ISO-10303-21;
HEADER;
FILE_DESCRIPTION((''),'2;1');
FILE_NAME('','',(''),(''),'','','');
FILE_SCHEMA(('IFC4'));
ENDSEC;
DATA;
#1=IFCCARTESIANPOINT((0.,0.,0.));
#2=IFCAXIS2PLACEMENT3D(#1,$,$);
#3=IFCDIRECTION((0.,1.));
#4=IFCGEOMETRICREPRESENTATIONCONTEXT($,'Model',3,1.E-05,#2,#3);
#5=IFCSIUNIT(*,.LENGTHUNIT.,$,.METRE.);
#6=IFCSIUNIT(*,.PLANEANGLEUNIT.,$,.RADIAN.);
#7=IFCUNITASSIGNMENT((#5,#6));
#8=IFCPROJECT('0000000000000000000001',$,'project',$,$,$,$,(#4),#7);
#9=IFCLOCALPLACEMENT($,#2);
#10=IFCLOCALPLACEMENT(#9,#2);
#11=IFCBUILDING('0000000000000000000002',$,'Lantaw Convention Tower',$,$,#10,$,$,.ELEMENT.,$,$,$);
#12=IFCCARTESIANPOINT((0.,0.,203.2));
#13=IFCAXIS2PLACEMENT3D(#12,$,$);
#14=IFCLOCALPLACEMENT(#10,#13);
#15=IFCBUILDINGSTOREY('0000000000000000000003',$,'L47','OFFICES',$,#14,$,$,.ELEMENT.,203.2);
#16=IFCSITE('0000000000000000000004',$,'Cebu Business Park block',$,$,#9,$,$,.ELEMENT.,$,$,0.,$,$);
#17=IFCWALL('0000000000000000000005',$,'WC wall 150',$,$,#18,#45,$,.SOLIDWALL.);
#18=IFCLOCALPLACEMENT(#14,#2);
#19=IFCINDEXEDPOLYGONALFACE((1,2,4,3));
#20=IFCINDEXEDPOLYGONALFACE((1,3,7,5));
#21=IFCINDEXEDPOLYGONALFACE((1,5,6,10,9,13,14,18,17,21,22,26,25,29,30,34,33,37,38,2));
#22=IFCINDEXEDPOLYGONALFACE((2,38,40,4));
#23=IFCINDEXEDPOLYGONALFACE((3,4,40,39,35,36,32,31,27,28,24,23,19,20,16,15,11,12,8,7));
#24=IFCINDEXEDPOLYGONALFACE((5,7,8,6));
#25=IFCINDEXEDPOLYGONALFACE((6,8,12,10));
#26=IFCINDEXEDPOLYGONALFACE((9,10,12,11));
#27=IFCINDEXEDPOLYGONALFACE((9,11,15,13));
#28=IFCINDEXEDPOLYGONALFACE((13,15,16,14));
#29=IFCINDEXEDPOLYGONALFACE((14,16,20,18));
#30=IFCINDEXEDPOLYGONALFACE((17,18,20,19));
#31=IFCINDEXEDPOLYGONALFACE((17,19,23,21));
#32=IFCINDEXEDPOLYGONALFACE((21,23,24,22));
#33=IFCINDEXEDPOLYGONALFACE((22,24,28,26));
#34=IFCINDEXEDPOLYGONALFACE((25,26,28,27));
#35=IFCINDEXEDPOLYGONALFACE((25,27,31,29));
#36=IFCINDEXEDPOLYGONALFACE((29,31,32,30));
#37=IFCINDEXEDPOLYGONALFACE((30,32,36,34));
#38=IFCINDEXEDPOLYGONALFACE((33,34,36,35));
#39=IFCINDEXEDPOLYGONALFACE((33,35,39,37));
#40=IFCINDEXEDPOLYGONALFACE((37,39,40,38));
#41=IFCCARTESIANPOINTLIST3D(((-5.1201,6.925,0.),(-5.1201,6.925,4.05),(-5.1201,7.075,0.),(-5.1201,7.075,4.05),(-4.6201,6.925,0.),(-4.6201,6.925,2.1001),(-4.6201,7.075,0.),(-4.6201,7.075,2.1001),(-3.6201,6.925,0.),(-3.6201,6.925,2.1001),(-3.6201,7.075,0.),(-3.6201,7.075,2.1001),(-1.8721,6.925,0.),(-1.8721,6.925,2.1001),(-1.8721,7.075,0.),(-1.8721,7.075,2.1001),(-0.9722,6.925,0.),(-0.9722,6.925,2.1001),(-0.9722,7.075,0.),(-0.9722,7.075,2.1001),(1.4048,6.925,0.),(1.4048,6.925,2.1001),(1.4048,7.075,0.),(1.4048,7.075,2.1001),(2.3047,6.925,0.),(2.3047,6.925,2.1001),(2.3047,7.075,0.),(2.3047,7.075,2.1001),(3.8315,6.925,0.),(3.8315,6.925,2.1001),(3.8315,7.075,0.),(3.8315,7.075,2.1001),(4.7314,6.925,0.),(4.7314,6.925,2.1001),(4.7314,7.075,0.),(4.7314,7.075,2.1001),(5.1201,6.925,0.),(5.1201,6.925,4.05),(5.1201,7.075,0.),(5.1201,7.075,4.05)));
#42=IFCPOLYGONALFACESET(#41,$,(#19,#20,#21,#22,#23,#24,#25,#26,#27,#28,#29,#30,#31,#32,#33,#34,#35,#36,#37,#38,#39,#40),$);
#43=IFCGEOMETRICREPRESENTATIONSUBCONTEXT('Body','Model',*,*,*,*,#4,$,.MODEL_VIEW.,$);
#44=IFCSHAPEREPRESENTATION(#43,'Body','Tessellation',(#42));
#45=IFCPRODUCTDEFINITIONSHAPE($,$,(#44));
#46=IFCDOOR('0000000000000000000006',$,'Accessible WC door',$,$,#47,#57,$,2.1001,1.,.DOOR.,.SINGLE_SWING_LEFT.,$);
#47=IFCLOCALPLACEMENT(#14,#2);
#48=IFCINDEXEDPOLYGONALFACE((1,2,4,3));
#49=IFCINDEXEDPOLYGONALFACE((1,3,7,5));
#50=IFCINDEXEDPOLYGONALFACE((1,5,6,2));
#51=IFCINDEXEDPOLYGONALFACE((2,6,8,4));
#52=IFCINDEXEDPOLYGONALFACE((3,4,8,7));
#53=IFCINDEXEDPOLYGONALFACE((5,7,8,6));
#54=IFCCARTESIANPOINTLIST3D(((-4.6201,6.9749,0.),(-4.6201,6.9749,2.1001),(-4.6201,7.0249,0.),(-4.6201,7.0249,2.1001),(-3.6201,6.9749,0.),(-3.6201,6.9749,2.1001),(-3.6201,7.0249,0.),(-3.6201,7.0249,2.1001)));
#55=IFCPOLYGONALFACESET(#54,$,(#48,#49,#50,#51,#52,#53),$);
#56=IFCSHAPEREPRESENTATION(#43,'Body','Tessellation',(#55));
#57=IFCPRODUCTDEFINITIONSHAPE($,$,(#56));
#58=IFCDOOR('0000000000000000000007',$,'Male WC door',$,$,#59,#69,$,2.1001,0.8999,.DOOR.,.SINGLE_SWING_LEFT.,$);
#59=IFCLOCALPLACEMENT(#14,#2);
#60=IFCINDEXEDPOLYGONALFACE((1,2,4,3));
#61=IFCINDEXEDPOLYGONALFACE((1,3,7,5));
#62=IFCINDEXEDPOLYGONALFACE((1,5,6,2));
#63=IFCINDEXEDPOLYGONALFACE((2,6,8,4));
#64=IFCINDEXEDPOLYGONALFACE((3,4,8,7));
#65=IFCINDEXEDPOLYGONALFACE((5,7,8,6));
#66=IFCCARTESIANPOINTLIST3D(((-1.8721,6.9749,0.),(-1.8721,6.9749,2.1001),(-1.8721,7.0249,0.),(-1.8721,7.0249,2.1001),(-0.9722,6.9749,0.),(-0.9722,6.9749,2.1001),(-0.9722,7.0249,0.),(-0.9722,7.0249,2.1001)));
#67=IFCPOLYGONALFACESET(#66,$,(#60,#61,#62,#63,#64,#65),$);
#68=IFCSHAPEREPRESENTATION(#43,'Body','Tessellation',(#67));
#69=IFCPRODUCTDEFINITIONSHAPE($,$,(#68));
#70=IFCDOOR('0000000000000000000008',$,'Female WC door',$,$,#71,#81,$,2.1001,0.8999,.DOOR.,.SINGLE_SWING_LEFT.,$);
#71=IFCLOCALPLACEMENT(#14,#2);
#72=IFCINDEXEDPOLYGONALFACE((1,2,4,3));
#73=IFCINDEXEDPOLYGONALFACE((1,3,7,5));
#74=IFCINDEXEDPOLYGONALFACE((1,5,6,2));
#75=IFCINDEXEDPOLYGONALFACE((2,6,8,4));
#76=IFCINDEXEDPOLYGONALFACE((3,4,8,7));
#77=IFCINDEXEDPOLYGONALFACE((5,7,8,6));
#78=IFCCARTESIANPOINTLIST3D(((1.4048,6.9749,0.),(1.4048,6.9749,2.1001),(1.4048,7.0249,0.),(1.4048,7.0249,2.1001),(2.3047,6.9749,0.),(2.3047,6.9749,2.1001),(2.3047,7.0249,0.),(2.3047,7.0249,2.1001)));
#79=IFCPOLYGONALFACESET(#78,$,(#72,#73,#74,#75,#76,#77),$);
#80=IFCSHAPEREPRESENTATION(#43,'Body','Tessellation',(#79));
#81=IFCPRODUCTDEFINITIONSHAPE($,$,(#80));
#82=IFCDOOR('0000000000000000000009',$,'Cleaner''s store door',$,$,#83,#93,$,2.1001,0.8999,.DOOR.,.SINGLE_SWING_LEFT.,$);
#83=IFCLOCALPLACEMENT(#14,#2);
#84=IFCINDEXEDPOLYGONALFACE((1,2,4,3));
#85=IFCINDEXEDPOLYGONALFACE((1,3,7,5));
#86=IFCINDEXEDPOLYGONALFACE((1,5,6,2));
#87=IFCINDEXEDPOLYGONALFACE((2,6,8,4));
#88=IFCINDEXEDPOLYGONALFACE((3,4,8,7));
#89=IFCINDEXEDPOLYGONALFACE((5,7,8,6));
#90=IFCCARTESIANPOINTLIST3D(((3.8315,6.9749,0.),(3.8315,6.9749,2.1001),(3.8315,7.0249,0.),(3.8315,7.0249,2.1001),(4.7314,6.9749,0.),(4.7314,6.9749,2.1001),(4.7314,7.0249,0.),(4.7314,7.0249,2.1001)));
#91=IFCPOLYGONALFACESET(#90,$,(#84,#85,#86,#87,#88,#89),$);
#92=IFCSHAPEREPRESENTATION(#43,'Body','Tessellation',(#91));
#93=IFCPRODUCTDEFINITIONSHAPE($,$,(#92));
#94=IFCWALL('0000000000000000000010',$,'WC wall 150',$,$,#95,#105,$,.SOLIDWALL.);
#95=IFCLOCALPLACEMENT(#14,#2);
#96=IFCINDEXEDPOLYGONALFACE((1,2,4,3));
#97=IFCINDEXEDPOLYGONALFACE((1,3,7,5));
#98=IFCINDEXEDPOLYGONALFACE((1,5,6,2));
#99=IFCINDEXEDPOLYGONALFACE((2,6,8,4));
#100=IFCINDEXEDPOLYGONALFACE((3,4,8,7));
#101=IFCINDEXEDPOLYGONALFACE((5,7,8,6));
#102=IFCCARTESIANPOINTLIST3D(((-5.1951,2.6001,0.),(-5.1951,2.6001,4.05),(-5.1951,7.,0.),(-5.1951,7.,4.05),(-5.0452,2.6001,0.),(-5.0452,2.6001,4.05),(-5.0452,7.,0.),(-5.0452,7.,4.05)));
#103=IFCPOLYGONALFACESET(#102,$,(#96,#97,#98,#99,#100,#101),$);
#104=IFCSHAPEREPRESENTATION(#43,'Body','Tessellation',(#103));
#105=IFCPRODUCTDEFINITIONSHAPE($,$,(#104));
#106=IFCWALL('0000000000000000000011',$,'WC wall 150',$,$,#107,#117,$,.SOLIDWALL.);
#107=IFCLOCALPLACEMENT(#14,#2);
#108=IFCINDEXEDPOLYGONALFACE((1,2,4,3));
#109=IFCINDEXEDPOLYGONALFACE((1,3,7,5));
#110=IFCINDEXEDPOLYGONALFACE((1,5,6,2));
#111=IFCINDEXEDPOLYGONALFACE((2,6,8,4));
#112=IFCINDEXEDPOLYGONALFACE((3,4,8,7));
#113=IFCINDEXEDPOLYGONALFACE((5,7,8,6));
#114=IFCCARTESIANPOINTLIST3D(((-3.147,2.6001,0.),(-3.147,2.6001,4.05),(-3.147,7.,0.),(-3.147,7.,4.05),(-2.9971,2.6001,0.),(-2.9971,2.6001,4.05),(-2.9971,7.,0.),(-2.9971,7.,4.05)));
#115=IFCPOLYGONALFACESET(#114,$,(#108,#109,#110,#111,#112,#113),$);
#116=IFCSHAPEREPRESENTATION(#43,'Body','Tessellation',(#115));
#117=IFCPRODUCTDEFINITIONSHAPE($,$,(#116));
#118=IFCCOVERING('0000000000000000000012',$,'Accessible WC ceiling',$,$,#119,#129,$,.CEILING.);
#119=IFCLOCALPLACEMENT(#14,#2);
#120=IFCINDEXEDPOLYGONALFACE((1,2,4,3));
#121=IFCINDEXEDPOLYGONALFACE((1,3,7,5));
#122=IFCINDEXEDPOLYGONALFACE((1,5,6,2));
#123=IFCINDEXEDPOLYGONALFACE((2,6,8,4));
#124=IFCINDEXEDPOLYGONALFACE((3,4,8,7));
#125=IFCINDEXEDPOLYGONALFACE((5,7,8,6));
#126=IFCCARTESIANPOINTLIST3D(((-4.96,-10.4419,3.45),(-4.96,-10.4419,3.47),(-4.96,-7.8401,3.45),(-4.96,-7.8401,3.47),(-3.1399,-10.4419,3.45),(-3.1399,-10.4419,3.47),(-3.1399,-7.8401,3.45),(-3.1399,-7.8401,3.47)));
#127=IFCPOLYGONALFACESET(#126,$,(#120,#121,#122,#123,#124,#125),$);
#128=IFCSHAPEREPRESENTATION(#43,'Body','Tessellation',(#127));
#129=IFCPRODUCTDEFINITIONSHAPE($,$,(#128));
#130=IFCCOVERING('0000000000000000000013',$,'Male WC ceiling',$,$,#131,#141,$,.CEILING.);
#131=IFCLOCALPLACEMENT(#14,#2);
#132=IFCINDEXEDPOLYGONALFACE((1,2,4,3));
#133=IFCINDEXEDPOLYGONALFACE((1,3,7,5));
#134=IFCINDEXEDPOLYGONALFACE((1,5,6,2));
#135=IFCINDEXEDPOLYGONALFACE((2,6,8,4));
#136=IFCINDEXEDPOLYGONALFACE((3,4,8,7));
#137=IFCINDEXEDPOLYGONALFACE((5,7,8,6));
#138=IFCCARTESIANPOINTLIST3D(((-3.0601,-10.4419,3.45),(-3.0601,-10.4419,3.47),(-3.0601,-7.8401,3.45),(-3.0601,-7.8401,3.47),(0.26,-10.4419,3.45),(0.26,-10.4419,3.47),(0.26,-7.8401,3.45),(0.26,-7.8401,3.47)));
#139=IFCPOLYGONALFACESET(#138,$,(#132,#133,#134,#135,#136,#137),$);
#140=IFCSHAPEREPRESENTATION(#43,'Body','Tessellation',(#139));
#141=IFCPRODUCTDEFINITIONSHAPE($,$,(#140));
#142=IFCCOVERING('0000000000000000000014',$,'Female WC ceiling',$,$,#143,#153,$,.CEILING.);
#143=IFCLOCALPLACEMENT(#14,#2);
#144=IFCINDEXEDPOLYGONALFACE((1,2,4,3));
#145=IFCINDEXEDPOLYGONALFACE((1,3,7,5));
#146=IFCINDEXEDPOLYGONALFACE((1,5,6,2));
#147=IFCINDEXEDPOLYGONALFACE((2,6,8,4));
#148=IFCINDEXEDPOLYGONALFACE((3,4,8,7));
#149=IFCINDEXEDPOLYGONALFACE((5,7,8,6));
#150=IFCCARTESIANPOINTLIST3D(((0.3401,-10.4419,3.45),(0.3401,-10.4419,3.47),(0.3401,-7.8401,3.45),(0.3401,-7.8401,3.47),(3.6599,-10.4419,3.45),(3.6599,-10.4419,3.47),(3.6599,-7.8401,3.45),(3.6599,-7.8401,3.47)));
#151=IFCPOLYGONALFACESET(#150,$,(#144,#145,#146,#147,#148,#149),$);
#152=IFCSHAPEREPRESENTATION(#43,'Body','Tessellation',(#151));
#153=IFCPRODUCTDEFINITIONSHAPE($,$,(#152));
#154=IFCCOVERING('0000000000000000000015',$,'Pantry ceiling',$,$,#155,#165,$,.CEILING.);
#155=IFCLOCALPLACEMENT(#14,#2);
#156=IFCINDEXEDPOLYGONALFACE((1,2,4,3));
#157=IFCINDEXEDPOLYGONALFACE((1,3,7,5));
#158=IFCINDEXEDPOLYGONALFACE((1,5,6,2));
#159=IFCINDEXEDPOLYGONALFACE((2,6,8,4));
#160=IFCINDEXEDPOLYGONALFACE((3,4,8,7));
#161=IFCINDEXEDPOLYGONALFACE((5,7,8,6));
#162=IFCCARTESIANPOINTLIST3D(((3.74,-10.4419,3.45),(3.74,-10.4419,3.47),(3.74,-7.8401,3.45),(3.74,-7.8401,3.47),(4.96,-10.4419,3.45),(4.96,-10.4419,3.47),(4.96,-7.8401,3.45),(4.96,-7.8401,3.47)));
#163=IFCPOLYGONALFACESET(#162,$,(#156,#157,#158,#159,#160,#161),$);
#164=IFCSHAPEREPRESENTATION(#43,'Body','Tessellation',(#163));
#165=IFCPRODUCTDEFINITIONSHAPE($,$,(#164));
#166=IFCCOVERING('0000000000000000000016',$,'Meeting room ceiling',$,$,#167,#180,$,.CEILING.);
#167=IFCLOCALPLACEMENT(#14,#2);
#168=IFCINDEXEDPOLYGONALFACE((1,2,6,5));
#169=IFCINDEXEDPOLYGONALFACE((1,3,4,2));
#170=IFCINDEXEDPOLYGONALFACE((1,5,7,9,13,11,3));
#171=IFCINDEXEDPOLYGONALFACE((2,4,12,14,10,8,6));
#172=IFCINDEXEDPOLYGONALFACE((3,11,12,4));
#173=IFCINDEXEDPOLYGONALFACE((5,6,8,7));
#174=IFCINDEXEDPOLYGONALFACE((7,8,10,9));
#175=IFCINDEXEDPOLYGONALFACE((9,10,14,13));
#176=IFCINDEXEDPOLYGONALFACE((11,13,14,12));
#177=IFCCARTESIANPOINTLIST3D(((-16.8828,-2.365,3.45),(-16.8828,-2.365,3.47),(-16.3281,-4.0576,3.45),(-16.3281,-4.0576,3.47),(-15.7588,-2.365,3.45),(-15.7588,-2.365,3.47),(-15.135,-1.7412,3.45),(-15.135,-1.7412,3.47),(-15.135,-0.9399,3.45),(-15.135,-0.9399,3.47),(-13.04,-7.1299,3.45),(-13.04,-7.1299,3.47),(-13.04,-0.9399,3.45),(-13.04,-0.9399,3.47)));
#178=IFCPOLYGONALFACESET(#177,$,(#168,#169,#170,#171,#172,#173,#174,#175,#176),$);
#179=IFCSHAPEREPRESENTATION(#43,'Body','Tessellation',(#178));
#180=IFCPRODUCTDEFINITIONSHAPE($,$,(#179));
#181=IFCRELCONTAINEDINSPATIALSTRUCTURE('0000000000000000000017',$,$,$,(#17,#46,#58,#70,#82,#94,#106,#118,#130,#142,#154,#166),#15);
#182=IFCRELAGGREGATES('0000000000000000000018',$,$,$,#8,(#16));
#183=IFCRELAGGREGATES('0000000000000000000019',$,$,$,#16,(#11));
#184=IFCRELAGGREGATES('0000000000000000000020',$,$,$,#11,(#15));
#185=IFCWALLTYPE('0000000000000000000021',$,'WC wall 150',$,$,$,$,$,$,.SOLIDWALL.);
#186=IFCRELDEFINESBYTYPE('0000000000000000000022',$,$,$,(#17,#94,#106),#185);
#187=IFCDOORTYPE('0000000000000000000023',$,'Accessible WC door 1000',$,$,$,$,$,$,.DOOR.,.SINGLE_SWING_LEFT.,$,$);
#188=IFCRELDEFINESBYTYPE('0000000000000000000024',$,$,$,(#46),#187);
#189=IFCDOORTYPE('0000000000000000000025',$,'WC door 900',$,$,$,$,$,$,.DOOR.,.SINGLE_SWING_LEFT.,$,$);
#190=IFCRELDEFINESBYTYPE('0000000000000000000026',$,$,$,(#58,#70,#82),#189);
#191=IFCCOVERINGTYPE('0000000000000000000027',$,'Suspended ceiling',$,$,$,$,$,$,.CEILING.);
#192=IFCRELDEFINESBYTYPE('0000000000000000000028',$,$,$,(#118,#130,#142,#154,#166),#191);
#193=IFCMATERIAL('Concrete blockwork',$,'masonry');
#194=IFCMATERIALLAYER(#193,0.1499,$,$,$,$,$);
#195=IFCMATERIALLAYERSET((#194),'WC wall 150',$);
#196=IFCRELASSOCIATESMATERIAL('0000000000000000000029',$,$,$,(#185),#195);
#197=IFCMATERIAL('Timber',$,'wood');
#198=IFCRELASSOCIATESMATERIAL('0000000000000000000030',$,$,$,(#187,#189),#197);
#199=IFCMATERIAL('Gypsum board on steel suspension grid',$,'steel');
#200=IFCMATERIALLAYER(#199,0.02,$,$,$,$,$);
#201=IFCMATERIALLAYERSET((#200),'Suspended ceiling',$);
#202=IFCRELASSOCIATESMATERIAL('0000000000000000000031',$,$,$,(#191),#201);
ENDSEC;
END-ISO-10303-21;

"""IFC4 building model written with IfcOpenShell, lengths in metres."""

from ifc_helpers import new_model, si_unit, direction, frame, frame_2d, origin, place, context, subcontext, project, spatial, polyline, rectangle, outline, extrude, material, layer, layer_set, type_object, element, fill, save


model = new_model("IFC4")

# Units and contexts
model_context = context("Model", 3, precision=1e-05, world=origin(), true_north=direction((0.0, 1.0)))
body_context = subcontext(model_context, "Body", "Model", "MODEL_VIEW")
ifc_project = project(units=[si_unit("LENGTHUNIT", "METRE"), si_unit("PLANEANGLEUNIT", "RADIAN")], contexts=[model_context])

# Site, building, storey
site_placement = place(None, origin())
site = spatial("IfcSite", under=ifc_project, at=site_placement, Name="Cebu Business Park block", CompositionType="ELEMENT", RefElevation=0.0)
building_placement = place(site_placement, origin())
building = spatial("IfcBuilding", under=site, at=building_placement, Name="Lantaw Convention Tower", CompositionType="ELEMENT")
storey_placement = place(building_placement, frame((0.0, 0.0, 203.2)))
storey = spatial("IfcBuildingStorey", under=building, at=storey_placement, Name="L47", Description="OFFICES", CompositionType="ELEMENT", Elevation=203.2)

# Wall, openings, doors
ifc_material_1 = material(Name="Concrete blockwork", Category="masonry")
ifc_layer_1 = layer(ifc_material_1, 0.1499)
ifc_layer_set_1 = layer_set([ifc_layer_1], Name="WC wall 150")
wall_type_1 = type_object("IfcWallType", Name="WC wall 150", PredefinedType="SOLIDWALL", material=ifc_layer_set_1)
wall_1_placement = place(storey_placement, frame((-5.1201, 7.0, 0.0), z_axis=(0.0, 0.0, 1.0), x_axis=(1.0, 0.0, 0.0)))
wall_1 = element("IfcWall", 1, at=wall_1_placement, inside=storey, type_object=wall_type_1, Name="WC wall 150", PredefinedType="SOLIDWALL", context=body_context, shape_type="SweptSolid", body=[
    extrude(rectangle(XDim=10.2402, YDim=0.1499, at=frame_2d((5.1201, 0.0))), origin(), (0.0, 0.0, 1.0), 4.05),
])
opening_1_placement = place(wall_1_placement, frame((0.5, 0.0, 0.0)))
opening_1 = element("IfcOpeningElement", 2, at=opening_1_placement, cuts=wall_1, PredefinedType="OPENING", context=body_context, shape_type="SweptSolid", body=[
    extrude(rectangle(XDim=1.0, YDim=2.1001, at=frame_2d((0.5, 1.05))), frame((0.0, 0.085, 0.0), z_axis=(0.0, -1.0, 0.0), x_axis=(1.0, 0.0, 0.0)), (0.0, 0.0, 1.0), 0.1699),
])
opening_2_placement = place(wall_1_placement, frame((3.248, 0.0, 0.0)))
opening_2 = element("IfcOpeningElement", 3, at=opening_2_placement, cuts=wall_1, PredefinedType="OPENING", context=body_context, shape_type="SweptSolid", body=[
    extrude(rectangle(XDim=0.8999, YDim=2.1001, at=frame_2d((0.45, 1.05))), frame((0.0, 0.085, 0.0), z_axis=(0.0, -1.0, 0.0), x_axis=(1.0, 0.0, 0.0)), (0.0, 0.0, 1.0), 0.1699),
])
opening_3_placement = place(wall_1_placement, frame((6.5249, 0.0, 0.0)))
opening_3 = element("IfcOpeningElement", 4, at=opening_3_placement, cuts=wall_1, PredefinedType="OPENING", context=body_context, shape_type="SweptSolid", body=[
    extrude(rectangle(XDim=0.8999, YDim=2.1001, at=frame_2d((0.45, 1.05))), frame((0.0, 0.085, 0.0), z_axis=(0.0, -1.0, 0.0), x_axis=(1.0, 0.0, 0.0)), (0.0, 0.0, 1.0), 0.1699),
])
opening_4_placement = place(wall_1_placement, frame((8.9517, 0.0, 0.0)))
opening_4 = element("IfcOpeningElement", 5, at=opening_4_placement, cuts=wall_1, PredefinedType="OPENING", context=body_context, shape_type="SweptSolid", body=[
    extrude(rectangle(XDim=0.8999, YDim=2.1001, at=frame_2d((0.45, 1.05))), frame((0.0, 0.085, 0.0), z_axis=(0.0, -1.0, 0.0), x_axis=(1.0, 0.0, 0.0)), (0.0, 0.0, 1.0), 0.1699),
])
ifc_material_2 = material(Name="Timber", Category="wood")
door_type_1 = type_object("IfcDoorType", Name="Accessible WC door 1000", OperationType="SINGLE_SWING_LEFT", PredefinedType="DOOR", material=ifc_material_2)
door_1_placement = place(opening_1_placement, origin())
door_1 = element("IfcDoor", 6, at=door_1_placement, inside=storey, type_object=door_type_1, Name="Accessible WC door", OperationType="SINGLE_SWING_LEFT", OverallHeight=2.1001, OverallWidth=1.0, PredefinedType="DOOR", context=body_context, shape_type="SweptSolid", body=[
    extrude(rectangle(XDim=1.0, YDim=2.1001, at=frame_2d((0.5, 1.05))), frame((0.0, 0.0249, 0.0), z_axis=(0.0, -1.0, 0.0), x_axis=(1.0, 0.0, 0.0)), (0.0, 0.0, 1.0), 0.05),
])
fill(opening_1, door_1)
door_type_2 = type_object("IfcDoorType", Name="WC door 900", OperationType="SINGLE_SWING_LEFT", PredefinedType="DOOR", material=ifc_material_2)
door_2_placement = place(opening_2_placement, origin())
door_2 = element("IfcDoor", 7, at=door_2_placement, inside=storey, type_object=door_type_2, Name="Male WC door", OperationType="SINGLE_SWING_LEFT", OverallHeight=2.1001, OverallWidth=0.8999, PredefinedType="DOOR", context=body_context, shape_type="SweptSolid", body=[
    extrude(rectangle(XDim=0.8999, YDim=2.1001, at=frame_2d((0.45, 1.05))), frame((0.0, 0.0249, 0.0), z_axis=(0.0, -1.0, 0.0), x_axis=(1.0, 0.0, 0.0)), (0.0, 0.0, 1.0), 0.05),
])
fill(opening_2, door_2)
door_3_placement = place(opening_3_placement, origin())
door_3 = element("IfcDoor", 8, at=door_3_placement, inside=storey, type_object=door_type_2, Name="Female WC door", OperationType="SINGLE_SWING_LEFT", OverallHeight=2.1001, OverallWidth=0.8999, PredefinedType="DOOR", context=body_context, shape_type="SweptSolid", body=[
    extrude(rectangle(XDim=0.8999, YDim=2.1001, at=frame_2d((0.45, 1.05))), frame((0.0, 0.0249, 0.0), z_axis=(0.0, -1.0, 0.0), x_axis=(1.0, 0.0, 0.0)), (0.0, 0.0, 1.0), 0.05),
])
fill(opening_3, door_3)
door_4_placement = place(opening_4_placement, origin())
door_4 = element("IfcDoor", 9, at=door_4_placement, inside=storey, type_object=door_type_2, Name="Cleaner's store door", OperationType="SINGLE_SWING_LEFT", OverallHeight=2.1001, OverallWidth=0.8999, PredefinedType="DOOR", context=body_context, shape_type="SweptSolid", body=[
    extrude(rectangle(XDim=0.8999, YDim=2.1001, at=frame_2d((0.45, 1.05))), frame((0.0, 0.0249, 0.0), z_axis=(0.0, -1.0, 0.0), x_axis=(1.0, 0.0, 0.0)), (0.0, 0.0, 1.0), 0.05),
])
fill(opening_4, door_4)

# Walls
for number, where, z_axis, x_axis, name in (
    (10, (-5.1201, 2.6001, 0.0), (0.0, 0.0, 1.0), (0.0, 1.0, 0.0), "WC wall 150"),
    (11, (-3.072, 2.6001, 0.0), (0.0, 0.0, 1.0), (0.0, 1.0, 0.0), "WC wall 150"),
):
    element("IfcWall", number, at=place(storey_placement, frame(where, z_axis=z_axis, x_axis=x_axis)), inside=storey, type_object=wall_type_1, Name=name, PredefinedType="SOLIDWALL", context=body_context, shape_type="SweptSolid", body=[
        extrude(rectangle(XDim=4.3999, YDim=0.1499, at=frame_2d((2.2, 0.0))), origin(), (0.0, 0.0, 1.0), 4.05),
    ])

# Coverings
ifc_material_3 = material(Name="Gypsum board on steel suspension grid", Category="steel")
ifc_layer_2 = layer(ifc_material_3, 0.02)
ifc_layer_set_2 = layer_set([ifc_layer_2], Name="Suspended ceiling")
covering_type = type_object("IfcCoveringType", Name="Suspended ceiling", PredefinedType="CEILING", material=ifc_layer_set_2)
covering_1_placement = place(storey_placement, frame((0.0, 0.0, 3.45)))
element("IfcCovering", 12, at=covering_1_placement, inside=storey, type_object=covering_type, Name="Accessible WC ceiling", PredefinedType="CEILING", context=body_context, shape_type="SweptSolid", body=[
    extrude(outline(polyline([(-4.96, -10.4419), (-3.1399, -10.4419), (-3.1399, -7.8401), (-4.96, -7.8401), (-4.96, -10.4419)])), origin(), (0.0, 0.0, 1.0), 0.02),
])
covering_2_placement = place(storey_placement, frame((0.0, 0.0, 3.45)))
element("IfcCovering", 13, at=covering_2_placement, inside=storey, type_object=covering_type, Name="Male WC ceiling", PredefinedType="CEILING", context=body_context, shape_type="SweptSolid", body=[
    extrude(outline(polyline([(-3.0601, -10.4419), (0.26, -10.4419), (0.26, -7.8401), (-3.0601, -7.8401), (-3.0601, -10.4419)])), origin(), (0.0, 0.0, 1.0), 0.02),
])
covering_3_placement = place(storey_placement, frame((0.0, 0.0, 3.45)))
element("IfcCovering", 14, at=covering_3_placement, inside=storey, type_object=covering_type, Name="Female WC ceiling", PredefinedType="CEILING", context=body_context, shape_type="SweptSolid", body=[
    extrude(outline(polyline([(0.3401, -10.4419), (3.6599, -10.4419), (3.6599, -7.8401), (0.3401, -7.8401), (0.3401, -10.4419)])), origin(), (0.0, 0.0, 1.0), 0.02),
])
covering_4_placement = place(storey_placement, frame((0.0, 0.0, 3.45)))
element("IfcCovering", 15, at=covering_4_placement, inside=storey, type_object=covering_type, Name="Pantry ceiling", PredefinedType="CEILING", context=body_context, shape_type="SweptSolid", body=[
    extrude(outline(polyline([(3.74, -10.4419), (4.96, -10.4419), (4.96, -7.8401), (3.74, -7.8401), (3.74, -10.4419)])), origin(), (0.0, 0.0, 1.0), 0.02),
])
covering_5_placement = place(storey_placement, frame((0.0, 0.0, 3.45)))
element("IfcCovering", 16, at=covering_5_placement, inside=storey, type_object=covering_type, Name="Meeting room ceiling", PredefinedType="CEILING", context=body_context, shape_type="SweptSolid", body=[
    extrude(outline(polyline([(-16.3281, -4.0576), (-13.04, -7.1299), (-13.04, -0.9399), (-15.135, -0.9399), (-15.135, -1.7412), (-15.7588, -2.365), (-16.8828, -2.365), (-16.3281, -4.0576)])), origin(), (0.0, 0.0, 1.0), 0.02),
])

save(model, "model.ifc")
